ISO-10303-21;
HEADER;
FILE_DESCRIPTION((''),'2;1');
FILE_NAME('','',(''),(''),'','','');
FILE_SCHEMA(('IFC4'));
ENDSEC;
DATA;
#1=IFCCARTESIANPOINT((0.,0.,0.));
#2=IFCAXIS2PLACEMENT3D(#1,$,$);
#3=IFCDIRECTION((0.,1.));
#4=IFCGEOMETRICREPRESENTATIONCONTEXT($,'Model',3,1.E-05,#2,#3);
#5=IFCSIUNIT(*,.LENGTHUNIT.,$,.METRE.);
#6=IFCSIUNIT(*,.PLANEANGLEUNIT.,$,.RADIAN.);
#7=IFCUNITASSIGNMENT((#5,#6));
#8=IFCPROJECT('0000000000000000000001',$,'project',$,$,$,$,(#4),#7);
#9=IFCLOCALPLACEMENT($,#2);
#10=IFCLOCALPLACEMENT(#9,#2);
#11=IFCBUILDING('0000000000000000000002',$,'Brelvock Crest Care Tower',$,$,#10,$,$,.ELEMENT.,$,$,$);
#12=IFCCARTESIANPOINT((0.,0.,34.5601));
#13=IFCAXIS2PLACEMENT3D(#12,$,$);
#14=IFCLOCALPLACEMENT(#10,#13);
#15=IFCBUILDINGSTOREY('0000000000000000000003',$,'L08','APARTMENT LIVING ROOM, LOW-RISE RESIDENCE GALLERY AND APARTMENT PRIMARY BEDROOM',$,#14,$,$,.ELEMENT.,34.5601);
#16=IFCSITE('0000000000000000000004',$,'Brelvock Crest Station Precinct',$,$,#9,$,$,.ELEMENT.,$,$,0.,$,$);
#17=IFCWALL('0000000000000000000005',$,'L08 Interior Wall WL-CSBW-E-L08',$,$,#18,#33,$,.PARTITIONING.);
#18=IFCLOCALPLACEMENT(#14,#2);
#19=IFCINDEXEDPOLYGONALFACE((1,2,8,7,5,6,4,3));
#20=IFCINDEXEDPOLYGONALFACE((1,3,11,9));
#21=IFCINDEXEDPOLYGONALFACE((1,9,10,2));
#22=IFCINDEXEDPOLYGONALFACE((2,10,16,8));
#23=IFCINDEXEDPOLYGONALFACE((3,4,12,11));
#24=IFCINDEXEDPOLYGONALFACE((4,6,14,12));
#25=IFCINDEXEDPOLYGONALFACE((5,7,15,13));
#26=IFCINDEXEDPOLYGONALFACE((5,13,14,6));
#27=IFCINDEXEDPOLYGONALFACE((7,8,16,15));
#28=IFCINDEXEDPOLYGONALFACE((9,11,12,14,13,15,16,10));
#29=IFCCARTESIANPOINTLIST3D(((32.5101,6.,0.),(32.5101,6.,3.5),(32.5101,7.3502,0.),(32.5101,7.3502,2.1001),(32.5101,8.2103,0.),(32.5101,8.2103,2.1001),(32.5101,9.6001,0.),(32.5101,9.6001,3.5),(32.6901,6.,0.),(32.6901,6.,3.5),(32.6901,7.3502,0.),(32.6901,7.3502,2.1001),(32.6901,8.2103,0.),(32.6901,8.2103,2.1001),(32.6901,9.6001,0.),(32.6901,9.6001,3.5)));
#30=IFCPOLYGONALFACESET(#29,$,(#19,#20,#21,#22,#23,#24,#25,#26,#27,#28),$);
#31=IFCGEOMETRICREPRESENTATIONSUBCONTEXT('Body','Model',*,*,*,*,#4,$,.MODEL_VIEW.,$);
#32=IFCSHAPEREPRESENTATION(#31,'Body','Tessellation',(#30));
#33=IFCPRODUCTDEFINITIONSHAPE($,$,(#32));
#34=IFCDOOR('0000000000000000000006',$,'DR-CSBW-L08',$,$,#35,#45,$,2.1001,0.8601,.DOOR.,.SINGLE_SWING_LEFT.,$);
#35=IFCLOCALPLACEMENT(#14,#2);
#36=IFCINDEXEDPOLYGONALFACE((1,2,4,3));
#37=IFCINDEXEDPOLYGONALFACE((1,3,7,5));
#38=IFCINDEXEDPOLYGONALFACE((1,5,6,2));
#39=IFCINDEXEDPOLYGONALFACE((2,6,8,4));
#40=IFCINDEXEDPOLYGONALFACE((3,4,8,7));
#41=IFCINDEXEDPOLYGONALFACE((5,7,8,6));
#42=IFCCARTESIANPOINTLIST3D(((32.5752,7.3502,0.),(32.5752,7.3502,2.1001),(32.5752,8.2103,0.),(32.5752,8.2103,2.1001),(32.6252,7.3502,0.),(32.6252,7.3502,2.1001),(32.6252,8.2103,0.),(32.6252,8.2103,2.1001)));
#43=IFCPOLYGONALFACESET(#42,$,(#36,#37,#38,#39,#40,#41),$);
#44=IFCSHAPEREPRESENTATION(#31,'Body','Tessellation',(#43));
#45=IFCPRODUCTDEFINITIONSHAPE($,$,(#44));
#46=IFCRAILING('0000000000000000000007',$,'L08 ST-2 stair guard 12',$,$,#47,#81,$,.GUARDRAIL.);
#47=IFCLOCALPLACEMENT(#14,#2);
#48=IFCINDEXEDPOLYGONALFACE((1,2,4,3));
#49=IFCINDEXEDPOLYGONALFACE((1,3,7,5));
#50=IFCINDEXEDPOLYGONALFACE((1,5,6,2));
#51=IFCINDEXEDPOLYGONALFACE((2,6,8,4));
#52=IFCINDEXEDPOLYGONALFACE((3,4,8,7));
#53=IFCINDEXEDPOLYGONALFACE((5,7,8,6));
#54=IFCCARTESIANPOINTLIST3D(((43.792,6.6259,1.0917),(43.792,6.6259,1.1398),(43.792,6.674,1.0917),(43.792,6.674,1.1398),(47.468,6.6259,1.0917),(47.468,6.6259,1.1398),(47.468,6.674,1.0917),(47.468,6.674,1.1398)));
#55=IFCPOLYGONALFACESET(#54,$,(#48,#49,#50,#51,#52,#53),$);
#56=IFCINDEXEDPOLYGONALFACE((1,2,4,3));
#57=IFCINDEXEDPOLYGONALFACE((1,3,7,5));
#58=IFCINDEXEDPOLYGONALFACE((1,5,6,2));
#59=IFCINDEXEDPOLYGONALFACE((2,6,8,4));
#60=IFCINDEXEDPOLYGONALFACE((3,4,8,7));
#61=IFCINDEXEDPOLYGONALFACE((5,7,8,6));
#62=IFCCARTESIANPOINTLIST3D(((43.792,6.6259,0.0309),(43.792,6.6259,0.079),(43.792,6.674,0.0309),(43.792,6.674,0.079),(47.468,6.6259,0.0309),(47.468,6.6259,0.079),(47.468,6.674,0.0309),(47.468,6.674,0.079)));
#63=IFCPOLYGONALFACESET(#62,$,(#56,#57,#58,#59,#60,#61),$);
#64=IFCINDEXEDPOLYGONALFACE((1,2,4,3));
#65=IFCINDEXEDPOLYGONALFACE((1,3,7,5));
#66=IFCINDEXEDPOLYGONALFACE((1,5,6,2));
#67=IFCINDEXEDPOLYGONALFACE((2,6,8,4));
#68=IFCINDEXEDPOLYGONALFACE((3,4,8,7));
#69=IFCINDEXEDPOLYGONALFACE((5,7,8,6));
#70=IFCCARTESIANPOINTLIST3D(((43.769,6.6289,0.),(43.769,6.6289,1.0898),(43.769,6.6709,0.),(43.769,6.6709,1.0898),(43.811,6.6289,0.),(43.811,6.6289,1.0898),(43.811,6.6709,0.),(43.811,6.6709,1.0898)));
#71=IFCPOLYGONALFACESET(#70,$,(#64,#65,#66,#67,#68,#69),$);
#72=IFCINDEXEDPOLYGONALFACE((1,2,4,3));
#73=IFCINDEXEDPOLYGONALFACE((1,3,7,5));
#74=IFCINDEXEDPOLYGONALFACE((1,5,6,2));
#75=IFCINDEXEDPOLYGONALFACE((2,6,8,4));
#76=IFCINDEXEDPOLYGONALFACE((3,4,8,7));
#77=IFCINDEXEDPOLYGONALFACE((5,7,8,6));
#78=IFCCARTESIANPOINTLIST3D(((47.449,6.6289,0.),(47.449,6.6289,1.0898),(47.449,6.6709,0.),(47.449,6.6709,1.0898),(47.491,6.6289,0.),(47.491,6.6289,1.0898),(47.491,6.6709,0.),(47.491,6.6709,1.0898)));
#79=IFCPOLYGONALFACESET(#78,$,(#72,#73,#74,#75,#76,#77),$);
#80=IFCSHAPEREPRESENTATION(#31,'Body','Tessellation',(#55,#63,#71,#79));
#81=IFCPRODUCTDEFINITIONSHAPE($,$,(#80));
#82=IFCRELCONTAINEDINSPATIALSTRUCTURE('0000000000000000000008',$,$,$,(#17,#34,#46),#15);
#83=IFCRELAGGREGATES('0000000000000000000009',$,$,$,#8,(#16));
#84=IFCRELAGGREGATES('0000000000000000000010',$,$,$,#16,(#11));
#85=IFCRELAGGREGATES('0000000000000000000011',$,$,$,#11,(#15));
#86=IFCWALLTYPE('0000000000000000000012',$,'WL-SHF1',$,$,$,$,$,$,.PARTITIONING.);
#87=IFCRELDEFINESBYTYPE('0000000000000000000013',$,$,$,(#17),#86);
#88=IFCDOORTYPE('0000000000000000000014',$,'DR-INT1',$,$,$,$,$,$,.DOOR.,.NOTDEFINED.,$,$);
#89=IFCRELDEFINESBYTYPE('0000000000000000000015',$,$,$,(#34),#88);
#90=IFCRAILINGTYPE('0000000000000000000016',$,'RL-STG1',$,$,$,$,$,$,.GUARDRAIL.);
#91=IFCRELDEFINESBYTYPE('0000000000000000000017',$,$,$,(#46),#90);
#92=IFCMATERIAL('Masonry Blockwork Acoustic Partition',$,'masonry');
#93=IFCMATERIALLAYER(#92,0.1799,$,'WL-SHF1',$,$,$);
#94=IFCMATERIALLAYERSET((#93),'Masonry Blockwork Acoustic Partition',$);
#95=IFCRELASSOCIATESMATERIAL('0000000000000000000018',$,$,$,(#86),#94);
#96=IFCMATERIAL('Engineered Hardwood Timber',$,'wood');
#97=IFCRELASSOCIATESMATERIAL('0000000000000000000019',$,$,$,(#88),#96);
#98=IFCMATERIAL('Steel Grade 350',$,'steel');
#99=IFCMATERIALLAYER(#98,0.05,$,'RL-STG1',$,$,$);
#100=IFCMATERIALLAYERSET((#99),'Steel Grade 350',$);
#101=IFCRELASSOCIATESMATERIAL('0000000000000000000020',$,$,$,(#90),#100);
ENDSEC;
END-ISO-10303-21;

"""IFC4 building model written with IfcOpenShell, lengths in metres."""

from ifc_helpers import new_model, si_unit, direction, frame, frame_2d, origin, origin_2d, place, context, subcontext, project, spatial, rectangle, extrude, source, transform, mapped, material, layer, layer_set, type_object, element, fill, save


model = new_model("IFC4")

# Units and contexts
model_context = context("Model", 3, precision=1e-05, world=origin(), true_north=direction((0.0, 1.0)))
body_context = subcontext(model_context, "Body", "Model", "MODEL_VIEW")
ifc_project = project(units=[si_unit("LENGTHUNIT", "METRE"), si_unit("PLANEANGLEUNIT", "RADIAN")], contexts=[model_context])

# Site, building, storey
site_placement = place(None, origin())
site = spatial("IfcSite", under=ifc_project, at=site_placement, Name="Brelvock Crest Station Precinct", CompositionType="ELEMENT", RefElevation=0.0)
building_placement = place(site_placement, origin())
building = spatial("IfcBuilding", under=site, at=building_placement, Name="Brelvock Crest Care Tower", CompositionType="ELEMENT")
storey_placement = place(building_placement, frame((0.0, 0.0, 34.5601)))
storey = spatial("IfcBuildingStorey", under=building, at=storey_placement, Name="L08", Description="APARTMENT LIVING ROOM, LOW-RISE RESIDENCE GALLERY AND APARTMENT PRIMARY BEDROOM", CompositionType="ELEMENT", Elevation=34.5601)

# Shared definitions
ifc_material_1 = material(Name="Steel Grade 350", Category="steel")

# Wall, opening, door
ifc_material_2 = material(Name="Masonry Blockwork Acoustic Partition", Category="masonry")
ifc_layer_1 = layer(ifc_material_2, 0.1799, Name="WL-SHF1")
ifc_layer_set_1 = layer_set([ifc_layer_1], Name="Masonry Blockwork Acoustic Partition")
wall_type_1 = type_object("IfcWallType", Name="WL-SHF1", PredefinedType="PARTITIONING", material=ifc_layer_set_1)
wall_1_placement = place(storey_placement, frame((32.6001, 6.0, 0.0), z_axis=(0.0, 0.0, 1.0), x_axis=(0.0, 1.0, 0.0)))
wall_1 = element("IfcWall", 1, at=wall_1_placement, inside=storey, type_object=wall_type_1, Name="L08 Interior Wall WL-CSBW-E-L08", PredefinedType="PARTITIONING", context=body_context, shape_type="SweptSolid", body=[
    extrude(rectangle(XDim=3.6001, YDim=0.1799, at=frame_2d((1.8, 0.0))), origin(), (0.0, 0.0, 1.0), 3.5),
])
opening_placement = place(wall_1_placement, frame((1.3501, 0.0, 0.0)))
opening = element("IfcOpeningElement", 2, at=opening_placement, cuts=wall_1, PredefinedType="OPENING", context=body_context, shape_type="SweptSolid", body=[
    extrude(rectangle(XDim=0.8601, YDim=2.1001, at=origin_2d()), frame((0.4302, 0.1001, 1.05), z_axis=(0.0, -1.0, 0.0), x_axis=(1.0, 0.0, 0.0)), (0.0, 0.0, 1.0), 0.2),
])
ifc_material_3 = material(Name="Engineered Hardwood Timber", Category="wood")
door_type = type_object("IfcDoorType", Name="DR-INT1", OperationType="NOTDEFINED", PredefinedType="DOOR", material=ifc_material_3)
shared_shape_1 = source(origin(), body_context, "Body", "SweptSolid", [
    extrude(rectangle(XDim=0.8601, YDim=2.1001, at=origin_2d()), frame((0.4302, 0.0249, 1.05), z_axis=(0.0, -1.0, 0.0), x_axis=(1.0, 0.0, 0.0)), (0.0, 0.0, 1.0), 0.05),
])
door_placement = place(opening_placement, origin())
door = element("IfcDoor", 3, at=door_placement, inside=storey, type_object=door_type, Name="DR-CSBW-L08", OperationType="SINGLE_SWING_LEFT", OverallHeight=2.1001, OverallWidth=0.8601, PredefinedType="DOOR", context=body_context, shape_type="MappedRepresentation", body=[
    mapped(shared_shape_1, transform((0.0, 0.0, 0.0), x_axis=(1.0, 0.0, 0.0), y_axis=(0.0, 1.0, 0.0), z_axis=(0.0, 0.0, 1.0), scale=1.0)),
])
fill(opening, door)

# Railing
ifc_layer_2 = layer(ifc_material_1, 0.05, Name="RL-STG1")
ifc_layer_set_2 = layer_set([ifc_layer_2], Name="Steel Grade 350")
railing_type = type_object("IfcRailingType", Name="RL-STG1", PredefinedType="GUARDRAIL", material=ifc_layer_set_2)
railing_placement = place(storey_placement, frame((43.79, 6.6499, 0.0)))
element("IfcRailing", 4, at=railing_placement, inside=storey, type_object=railing_type, Name="L08 ST-2 stair guard 12", PredefinedType="GUARDRAIL", context=body_context, shape_type="SweptSolid", body=[
    extrude(rectangle(XDim=0.0481, YDim=0.0481, at=origin_2d()), frame((0.002, 0.0, 1.1157), z_axis=(1.0, 0.0, 0.0), x_axis=(0.0, 1.0, 0.0)), (0.0, 0.0, 1.0), 3.676),
    extrude(rectangle(XDim=0.0481, YDim=0.0481, at=origin_2d()), frame((0.002, 0.0, 0.0549), z_axis=(1.0, 0.0, 0.0), x_axis=(0.0, 1.0, 0.0)), (0.0, 0.0, 1.0), 3.676),
    extrude(rectangle(XDim=0.042, YDim=0.042, at=origin_2d()), origin(), (0.0, 0.0, 1.0), 1.0898),
    extrude(rectangle(XDim=0.042, YDim=0.042, at=origin_2d()), frame((3.6799, 0.0, 0.0)), (0.0, 0.0, 1.0), 1.0898),
])

save(model, "model.ifc")
